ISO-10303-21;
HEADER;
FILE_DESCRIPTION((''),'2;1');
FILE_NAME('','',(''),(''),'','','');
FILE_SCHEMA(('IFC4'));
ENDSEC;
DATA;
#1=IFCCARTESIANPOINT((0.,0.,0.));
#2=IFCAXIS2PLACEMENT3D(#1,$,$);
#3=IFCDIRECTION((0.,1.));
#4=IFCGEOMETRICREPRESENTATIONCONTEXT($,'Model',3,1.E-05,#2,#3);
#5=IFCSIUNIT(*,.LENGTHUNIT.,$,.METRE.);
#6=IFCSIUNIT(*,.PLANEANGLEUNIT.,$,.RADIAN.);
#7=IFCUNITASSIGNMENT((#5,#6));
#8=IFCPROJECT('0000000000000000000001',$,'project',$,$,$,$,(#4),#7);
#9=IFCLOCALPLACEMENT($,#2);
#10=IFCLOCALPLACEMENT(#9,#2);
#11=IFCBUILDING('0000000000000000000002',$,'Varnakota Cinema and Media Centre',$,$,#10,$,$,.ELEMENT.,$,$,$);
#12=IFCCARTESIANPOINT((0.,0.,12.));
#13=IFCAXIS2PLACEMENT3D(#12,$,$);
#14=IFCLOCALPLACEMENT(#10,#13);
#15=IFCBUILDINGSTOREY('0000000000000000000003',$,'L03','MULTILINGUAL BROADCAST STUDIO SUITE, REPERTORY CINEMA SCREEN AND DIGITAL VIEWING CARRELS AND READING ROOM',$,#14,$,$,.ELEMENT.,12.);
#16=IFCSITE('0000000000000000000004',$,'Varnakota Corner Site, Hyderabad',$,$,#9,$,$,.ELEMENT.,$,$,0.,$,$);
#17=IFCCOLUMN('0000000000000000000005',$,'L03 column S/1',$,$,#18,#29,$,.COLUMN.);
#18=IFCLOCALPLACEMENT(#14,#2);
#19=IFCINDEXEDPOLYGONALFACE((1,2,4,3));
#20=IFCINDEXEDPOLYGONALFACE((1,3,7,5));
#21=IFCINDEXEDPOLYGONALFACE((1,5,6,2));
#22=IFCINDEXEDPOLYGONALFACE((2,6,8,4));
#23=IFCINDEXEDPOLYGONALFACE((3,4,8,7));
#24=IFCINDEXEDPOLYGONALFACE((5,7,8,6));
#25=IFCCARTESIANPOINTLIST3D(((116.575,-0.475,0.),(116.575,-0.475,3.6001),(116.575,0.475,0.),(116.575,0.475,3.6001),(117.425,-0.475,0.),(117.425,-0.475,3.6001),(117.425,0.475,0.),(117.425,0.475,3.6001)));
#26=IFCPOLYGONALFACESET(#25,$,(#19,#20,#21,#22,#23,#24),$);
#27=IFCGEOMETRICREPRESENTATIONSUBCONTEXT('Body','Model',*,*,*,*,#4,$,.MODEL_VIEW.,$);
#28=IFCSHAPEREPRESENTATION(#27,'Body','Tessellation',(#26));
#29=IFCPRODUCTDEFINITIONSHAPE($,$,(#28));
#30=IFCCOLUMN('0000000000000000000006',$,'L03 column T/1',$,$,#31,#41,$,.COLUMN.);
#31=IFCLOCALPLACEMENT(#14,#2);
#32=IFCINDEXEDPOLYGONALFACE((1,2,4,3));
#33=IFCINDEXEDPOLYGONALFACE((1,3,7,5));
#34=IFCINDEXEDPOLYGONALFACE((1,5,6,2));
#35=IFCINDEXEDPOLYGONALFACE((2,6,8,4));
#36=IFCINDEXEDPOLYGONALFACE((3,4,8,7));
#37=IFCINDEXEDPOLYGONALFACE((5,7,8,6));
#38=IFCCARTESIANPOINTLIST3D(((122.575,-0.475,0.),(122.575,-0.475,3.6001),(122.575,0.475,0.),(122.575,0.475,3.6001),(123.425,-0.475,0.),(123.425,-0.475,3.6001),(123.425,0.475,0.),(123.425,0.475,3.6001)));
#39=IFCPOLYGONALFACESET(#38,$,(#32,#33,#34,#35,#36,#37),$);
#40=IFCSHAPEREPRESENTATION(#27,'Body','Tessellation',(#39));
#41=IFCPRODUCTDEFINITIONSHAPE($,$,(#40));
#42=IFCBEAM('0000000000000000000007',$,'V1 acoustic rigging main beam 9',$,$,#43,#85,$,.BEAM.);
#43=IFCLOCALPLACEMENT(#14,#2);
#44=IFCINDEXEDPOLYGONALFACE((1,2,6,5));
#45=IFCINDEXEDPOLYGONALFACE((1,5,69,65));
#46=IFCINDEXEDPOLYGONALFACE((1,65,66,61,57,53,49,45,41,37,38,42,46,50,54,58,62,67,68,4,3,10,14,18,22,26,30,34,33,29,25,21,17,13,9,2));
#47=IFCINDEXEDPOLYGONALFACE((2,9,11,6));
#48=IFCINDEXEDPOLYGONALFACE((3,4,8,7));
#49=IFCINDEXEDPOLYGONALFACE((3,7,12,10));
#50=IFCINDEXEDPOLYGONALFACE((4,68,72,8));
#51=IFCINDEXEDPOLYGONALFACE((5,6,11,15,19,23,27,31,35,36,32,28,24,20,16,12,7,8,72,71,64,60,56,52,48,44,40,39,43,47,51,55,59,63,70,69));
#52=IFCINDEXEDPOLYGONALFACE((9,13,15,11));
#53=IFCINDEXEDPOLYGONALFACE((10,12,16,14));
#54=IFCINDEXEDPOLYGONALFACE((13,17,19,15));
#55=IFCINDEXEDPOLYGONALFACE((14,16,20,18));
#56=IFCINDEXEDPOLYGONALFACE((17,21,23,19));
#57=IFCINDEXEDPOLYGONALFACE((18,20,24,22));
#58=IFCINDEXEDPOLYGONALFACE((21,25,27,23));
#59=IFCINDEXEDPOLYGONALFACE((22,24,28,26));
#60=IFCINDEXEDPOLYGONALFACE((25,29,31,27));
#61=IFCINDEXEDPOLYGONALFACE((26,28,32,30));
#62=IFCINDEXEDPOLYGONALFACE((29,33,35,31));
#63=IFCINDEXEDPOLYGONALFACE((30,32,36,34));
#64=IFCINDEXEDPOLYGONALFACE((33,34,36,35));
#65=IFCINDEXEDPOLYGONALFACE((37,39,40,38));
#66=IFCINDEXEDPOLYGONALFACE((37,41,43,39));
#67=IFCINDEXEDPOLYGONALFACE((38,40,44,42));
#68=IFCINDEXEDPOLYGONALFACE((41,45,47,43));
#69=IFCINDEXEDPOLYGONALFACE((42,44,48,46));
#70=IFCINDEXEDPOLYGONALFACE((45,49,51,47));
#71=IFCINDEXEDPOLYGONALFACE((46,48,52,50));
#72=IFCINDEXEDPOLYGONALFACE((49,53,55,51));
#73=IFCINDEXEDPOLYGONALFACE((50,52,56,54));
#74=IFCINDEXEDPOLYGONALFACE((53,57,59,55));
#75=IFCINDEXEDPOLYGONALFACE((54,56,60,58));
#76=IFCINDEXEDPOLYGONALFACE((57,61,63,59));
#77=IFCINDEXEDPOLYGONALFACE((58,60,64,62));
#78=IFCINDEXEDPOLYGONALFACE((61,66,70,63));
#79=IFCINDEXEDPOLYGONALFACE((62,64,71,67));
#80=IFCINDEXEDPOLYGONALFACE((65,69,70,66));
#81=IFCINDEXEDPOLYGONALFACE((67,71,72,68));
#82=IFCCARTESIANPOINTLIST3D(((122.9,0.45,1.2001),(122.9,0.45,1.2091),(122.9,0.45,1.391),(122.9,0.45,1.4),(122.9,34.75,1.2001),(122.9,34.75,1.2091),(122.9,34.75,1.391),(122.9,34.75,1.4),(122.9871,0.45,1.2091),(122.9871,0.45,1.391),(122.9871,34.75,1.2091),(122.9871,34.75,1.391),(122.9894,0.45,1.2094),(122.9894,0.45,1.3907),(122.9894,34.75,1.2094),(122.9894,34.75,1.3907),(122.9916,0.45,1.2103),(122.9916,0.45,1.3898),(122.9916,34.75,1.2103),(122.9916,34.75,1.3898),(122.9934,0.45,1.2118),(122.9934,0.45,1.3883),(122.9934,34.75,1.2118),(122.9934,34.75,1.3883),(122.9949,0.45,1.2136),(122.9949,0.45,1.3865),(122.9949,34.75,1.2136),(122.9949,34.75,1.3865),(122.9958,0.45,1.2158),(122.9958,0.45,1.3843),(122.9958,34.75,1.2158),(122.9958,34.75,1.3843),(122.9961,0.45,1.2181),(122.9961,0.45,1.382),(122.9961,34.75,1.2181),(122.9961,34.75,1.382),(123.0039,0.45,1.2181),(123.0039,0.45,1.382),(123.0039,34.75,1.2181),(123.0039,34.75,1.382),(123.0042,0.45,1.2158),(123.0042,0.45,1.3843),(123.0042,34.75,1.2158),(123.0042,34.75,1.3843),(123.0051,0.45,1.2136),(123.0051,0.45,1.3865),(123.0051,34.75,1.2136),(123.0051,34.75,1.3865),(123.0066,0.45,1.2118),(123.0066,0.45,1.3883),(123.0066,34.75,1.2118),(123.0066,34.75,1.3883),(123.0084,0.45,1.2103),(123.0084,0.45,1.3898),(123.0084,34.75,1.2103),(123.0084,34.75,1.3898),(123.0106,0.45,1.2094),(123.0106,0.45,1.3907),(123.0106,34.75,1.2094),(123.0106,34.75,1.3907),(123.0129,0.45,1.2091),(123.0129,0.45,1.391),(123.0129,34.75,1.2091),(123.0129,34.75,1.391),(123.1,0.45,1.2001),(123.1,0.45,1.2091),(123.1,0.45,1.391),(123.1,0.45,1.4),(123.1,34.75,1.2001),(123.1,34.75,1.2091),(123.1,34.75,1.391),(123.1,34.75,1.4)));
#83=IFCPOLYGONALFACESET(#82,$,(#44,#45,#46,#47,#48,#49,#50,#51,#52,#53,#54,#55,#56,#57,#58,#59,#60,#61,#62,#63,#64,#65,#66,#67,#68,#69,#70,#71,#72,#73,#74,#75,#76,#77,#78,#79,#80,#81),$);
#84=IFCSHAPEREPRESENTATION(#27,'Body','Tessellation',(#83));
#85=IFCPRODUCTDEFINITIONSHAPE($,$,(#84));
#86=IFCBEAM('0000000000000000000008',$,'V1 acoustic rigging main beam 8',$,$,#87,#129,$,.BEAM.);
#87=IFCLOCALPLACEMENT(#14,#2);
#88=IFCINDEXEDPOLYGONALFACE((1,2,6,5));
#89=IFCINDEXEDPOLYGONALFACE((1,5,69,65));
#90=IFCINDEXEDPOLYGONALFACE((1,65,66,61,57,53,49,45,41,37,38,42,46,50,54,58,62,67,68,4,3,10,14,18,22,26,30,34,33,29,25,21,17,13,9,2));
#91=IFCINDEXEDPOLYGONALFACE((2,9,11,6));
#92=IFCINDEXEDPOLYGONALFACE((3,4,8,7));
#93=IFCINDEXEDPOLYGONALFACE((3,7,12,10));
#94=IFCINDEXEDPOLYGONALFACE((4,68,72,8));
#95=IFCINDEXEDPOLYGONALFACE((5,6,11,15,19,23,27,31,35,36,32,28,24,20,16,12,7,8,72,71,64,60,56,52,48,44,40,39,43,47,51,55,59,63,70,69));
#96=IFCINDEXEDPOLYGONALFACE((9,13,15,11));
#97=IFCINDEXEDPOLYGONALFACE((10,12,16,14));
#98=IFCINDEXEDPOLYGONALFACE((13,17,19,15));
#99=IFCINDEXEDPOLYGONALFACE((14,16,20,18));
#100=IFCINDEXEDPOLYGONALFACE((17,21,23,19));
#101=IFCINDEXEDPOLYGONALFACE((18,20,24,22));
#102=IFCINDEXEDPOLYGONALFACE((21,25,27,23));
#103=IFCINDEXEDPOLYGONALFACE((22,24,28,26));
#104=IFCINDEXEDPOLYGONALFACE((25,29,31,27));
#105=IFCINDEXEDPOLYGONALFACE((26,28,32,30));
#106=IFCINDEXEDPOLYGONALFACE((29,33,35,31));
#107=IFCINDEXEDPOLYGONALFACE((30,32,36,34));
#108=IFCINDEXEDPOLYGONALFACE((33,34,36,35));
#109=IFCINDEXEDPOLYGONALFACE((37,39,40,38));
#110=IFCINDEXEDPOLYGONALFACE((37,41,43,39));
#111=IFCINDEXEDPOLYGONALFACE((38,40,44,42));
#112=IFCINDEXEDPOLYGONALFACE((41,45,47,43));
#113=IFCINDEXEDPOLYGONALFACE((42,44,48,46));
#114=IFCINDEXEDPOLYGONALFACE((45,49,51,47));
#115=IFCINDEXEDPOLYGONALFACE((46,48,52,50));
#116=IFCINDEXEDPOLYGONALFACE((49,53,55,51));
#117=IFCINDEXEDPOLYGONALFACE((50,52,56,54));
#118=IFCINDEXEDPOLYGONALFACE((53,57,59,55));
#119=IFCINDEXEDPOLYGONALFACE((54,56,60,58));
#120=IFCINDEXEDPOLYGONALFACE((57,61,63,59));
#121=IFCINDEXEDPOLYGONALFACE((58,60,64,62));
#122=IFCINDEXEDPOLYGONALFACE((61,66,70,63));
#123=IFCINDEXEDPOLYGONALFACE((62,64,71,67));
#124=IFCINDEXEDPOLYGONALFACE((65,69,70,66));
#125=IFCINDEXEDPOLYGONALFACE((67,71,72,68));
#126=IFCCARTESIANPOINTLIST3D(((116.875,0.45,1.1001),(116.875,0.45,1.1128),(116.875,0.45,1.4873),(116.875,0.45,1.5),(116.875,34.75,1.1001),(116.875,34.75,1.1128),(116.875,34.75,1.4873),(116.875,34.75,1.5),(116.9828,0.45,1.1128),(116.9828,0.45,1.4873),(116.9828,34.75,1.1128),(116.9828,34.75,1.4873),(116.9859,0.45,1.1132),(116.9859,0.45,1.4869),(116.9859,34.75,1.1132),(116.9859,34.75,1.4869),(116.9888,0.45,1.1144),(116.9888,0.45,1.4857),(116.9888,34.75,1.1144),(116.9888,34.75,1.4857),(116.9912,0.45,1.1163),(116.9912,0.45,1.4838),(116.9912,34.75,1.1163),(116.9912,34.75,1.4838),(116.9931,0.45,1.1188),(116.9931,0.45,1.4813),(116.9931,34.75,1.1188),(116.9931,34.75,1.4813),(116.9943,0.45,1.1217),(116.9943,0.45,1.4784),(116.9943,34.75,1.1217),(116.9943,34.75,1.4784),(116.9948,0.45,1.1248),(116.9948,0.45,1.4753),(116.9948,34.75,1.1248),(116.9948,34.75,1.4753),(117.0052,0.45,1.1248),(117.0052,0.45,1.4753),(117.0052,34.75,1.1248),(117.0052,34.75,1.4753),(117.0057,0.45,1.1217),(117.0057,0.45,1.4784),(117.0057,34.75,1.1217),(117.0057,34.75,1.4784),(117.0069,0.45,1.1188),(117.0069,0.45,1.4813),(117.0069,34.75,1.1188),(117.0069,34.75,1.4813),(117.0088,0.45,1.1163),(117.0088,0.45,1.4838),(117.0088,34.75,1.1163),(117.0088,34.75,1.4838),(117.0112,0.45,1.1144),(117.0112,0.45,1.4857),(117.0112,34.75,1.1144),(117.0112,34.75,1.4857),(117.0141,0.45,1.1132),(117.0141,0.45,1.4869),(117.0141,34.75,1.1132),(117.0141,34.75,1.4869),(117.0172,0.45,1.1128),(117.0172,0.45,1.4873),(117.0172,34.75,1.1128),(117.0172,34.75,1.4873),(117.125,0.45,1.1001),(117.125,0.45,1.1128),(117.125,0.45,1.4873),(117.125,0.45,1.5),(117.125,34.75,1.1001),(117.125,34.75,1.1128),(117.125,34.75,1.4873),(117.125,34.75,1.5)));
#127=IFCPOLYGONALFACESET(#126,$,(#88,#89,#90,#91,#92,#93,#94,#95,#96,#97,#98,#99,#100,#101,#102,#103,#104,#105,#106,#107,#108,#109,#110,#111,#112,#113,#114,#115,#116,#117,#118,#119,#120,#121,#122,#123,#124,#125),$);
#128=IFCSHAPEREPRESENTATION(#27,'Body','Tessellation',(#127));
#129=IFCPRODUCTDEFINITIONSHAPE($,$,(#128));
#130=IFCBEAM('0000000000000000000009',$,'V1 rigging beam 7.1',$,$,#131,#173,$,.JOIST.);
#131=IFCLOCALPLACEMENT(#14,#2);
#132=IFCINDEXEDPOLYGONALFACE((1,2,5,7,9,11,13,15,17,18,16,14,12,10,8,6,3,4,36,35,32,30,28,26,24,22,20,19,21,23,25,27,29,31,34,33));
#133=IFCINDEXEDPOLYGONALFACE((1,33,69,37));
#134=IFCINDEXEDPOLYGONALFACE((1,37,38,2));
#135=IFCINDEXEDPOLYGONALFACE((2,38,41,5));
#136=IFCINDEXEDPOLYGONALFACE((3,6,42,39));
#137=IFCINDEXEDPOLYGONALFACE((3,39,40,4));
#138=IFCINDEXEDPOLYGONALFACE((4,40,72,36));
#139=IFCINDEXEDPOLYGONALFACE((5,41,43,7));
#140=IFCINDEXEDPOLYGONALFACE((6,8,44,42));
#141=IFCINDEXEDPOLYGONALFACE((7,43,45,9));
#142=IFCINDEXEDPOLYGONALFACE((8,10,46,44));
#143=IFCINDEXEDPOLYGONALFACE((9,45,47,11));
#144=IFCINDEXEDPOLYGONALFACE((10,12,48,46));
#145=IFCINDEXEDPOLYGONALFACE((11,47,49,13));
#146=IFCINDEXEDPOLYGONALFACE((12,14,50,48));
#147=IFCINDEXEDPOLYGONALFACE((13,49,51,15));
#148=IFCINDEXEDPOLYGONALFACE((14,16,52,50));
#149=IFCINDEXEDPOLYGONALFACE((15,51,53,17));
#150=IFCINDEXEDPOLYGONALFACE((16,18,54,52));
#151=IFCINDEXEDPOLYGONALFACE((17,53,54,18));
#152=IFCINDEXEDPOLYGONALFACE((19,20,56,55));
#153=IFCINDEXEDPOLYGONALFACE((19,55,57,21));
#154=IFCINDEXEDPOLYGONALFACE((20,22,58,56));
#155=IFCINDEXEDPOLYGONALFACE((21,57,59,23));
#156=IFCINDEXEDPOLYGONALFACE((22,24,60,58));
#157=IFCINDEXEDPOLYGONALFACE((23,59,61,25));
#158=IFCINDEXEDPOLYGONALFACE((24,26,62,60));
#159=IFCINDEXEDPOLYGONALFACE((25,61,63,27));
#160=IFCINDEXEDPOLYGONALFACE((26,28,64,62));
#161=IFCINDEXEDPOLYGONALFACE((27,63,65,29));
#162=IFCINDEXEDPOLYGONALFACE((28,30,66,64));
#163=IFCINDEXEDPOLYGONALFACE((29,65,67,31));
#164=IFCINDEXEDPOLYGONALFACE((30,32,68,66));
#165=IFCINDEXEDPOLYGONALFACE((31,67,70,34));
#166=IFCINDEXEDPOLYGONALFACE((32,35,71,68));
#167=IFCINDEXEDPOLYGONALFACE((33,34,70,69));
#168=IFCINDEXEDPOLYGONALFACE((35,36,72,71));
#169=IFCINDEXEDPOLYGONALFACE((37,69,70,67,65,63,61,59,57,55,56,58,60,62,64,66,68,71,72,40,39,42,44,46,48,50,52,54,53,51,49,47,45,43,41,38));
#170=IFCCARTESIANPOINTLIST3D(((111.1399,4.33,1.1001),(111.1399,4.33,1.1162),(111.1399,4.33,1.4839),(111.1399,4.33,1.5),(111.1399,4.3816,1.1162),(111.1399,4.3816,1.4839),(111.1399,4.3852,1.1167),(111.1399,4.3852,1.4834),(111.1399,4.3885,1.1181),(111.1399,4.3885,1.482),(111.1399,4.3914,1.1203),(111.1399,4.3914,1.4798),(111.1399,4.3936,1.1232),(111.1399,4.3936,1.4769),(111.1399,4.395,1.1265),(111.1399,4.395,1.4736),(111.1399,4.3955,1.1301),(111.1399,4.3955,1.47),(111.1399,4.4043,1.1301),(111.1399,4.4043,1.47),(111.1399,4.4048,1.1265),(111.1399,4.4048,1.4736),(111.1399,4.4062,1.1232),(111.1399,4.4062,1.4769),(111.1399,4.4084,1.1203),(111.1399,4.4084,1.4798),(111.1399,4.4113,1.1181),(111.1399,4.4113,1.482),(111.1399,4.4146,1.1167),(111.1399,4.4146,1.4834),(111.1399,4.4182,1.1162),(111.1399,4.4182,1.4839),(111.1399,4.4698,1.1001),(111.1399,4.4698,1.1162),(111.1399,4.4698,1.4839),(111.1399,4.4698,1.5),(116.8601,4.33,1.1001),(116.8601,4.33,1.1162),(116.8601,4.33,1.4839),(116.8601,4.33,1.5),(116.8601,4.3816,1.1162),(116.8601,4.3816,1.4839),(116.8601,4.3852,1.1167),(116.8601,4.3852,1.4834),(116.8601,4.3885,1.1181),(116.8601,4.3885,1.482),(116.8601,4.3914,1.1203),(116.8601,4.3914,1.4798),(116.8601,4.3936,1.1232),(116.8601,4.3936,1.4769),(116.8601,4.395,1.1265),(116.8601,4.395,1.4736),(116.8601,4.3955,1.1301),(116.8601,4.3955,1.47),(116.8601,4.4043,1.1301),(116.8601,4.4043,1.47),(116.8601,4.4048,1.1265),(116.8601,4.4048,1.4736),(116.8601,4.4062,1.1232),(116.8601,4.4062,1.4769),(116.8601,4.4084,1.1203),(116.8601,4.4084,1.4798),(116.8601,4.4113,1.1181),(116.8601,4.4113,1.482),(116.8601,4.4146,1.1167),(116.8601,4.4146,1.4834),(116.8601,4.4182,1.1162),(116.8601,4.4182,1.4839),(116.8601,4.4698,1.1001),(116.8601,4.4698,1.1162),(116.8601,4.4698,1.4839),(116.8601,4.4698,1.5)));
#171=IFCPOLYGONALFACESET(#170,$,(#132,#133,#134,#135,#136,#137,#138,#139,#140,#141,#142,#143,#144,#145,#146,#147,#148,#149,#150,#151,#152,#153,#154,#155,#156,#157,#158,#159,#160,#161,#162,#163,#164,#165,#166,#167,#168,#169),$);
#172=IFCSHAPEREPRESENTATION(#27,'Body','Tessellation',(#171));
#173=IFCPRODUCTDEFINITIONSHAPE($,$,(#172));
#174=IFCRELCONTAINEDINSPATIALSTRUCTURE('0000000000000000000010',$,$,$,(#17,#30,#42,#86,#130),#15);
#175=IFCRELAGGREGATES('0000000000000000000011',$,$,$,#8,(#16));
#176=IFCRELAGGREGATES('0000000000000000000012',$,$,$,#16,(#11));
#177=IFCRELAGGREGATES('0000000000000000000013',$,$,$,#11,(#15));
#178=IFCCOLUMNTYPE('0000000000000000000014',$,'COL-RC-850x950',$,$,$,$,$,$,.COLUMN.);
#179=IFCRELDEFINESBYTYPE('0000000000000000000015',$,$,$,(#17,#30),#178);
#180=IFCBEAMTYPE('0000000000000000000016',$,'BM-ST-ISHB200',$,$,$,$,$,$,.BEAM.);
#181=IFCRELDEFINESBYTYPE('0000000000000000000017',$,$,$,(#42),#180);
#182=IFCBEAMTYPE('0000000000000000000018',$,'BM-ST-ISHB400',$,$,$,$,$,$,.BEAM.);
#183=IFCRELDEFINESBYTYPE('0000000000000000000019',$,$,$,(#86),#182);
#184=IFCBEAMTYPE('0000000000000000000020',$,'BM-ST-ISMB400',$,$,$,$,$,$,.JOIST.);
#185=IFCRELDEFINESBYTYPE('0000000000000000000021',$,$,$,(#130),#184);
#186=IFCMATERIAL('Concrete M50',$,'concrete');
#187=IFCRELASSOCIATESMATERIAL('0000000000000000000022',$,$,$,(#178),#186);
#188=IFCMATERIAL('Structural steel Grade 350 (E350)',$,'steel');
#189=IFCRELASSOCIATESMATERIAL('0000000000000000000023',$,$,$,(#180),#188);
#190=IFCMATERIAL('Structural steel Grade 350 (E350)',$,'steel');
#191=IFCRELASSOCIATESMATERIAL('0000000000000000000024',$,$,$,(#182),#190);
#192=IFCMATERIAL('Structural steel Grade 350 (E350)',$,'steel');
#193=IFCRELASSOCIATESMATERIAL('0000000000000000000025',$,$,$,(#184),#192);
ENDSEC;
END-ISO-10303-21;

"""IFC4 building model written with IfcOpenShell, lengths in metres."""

from ifc_helpers import new_model, si_unit, direction, frame, origin, origin_2d, place, context, subcontext, project, spatial, rectangle, i_section, extrude, material, material_profile, profile_set, type_object, element, save


model = new_model("IFC4")

# Units and contexts
model_context = context("Model", 3, precision=1e-05, world=origin(), true_north=direction((0.0, 1.0)))
body_context = subcontext(model_context, "Body", "Model", "MODEL_VIEW")
ifc_project = project(units=[si_unit("LENGTHUNIT", "METRE"), si_unit("PLANEANGLEUNIT", "RADIAN")], contexts=[model_context])

# Site, building, storey
site_placement = place(None, origin())
site = spatial("IfcSite", under=ifc_project, at=site_placement, Name="Varnakota Corner Site, Hyderabad", CompositionType="ELEMENT", RefElevation=0.0)
building_placement = place(site_placement, origin())
building = spatial("IfcBuilding", under=site, at=building_placement, Name="Varnakota Cinema and Media Centre", CompositionType="ELEMENT")
storey_placement = place(building_placement, frame((0.0, 0.0, 12.0)))
storey = spatial("IfcBuildingStorey", under=building, at=storey_placement, Name="L03", Description="MULTILINGUAL BROADCAST STUDIO SUITE, REPERTORY CINEMA SCREEN AND DIGITAL VIEWING CARRELS AND READING ROOM", CompositionType="ELEMENT", Elevation=12.0)

# Columns
ifc_material_1 = material(Name="Concrete M50", Category="concrete")
ifc_material_profile_1 = material_profile(ifc_material_1, rectangle(XDim=0.8501, YDim=0.95, at=origin_2d()), Name="RC 850x950")
ifc_profile_set_1 = profile_set([ifc_material_profile_1], Name="Concrete M50")
column_type = type_object("IfcColumnType", Name="COL-RC-850x950", PredefinedType="COLUMN", material=ifc_profile_set_1)
for number, where, z_axis, x_axis, name in (
    (1, (117.0, 0.0, 0.0), (0.0, 0.0, 1.0), (1.0, 0.0, 0.0), "L03 column S/1"),
    (2, (123.0, 0.0, 0.0), (0.0, 0.0, 1.0), (1.0, 0.0, 0.0), "L03 column T/1"),
):
    element("IfcColumn", number, at=place(storey_placement, frame(where, z_axis=z_axis, x_axis=x_axis)), inside=storey, type_object=column_type, Name=name, PredefinedType="COLUMN", context=body_context, shape_type="SweptSolid", body=[
        extrude(rectangle(XDim=0.8501, YDim=0.95, at=origin_2d()), origin(), (0.0, 0.0, 1.0), 3.6001),
    ])

# Beams
ifc_material_2 = material(Name="Structural steel Grade 350 (E350)", Category="steel")
ifc_material_profile_2 = material_profile(ifc_material_2, i_section(OverallWidth=0.2, OverallDepth=0.2, WebThickness=0.0078, FlangeThickness=0.009, FilletRadius=0.009, at=origin_2d()), Name="ISHB 200")
ifc_profile_set_2 = profile_set([ifc_material_profile_2], Name="Structural steel Grade 350 (E350)")
beam_type_1 = type_object("IfcBeamType", Name="BM-ST-ISHB200", PredefinedType="BEAM", material=ifc_profile_set_2)
beam_1_placement = place(storey_placement, frame((123.0, 0.45, 1.3), z_axis=(0.0, 1.0, 0.0), x_axis=(-1.0, 0.0, 0.0)))
element("IfcBeam", 3, at=beam_1_placement, inside=storey, type_object=beam_type_1, Name="V1 acoustic rigging main beam 9", PredefinedType="BEAM", context=body_context, shape_type="SweptSolid", body=[
    extrude(i_section(OverallWidth=0.2, OverallDepth=0.2, WebThickness=0.0078, FlangeThickness=0.009, FilletRadius=0.009, at=origin_2d()), origin(), (0.0, 0.0, 1.0), 34.3),
])
ifc_material_3 = material(Name="Structural steel Grade 350 (E350)", Category="steel")
ifc_material_profile_3 = material_profile(ifc_material_3, i_section(OverallWidth=0.25, OverallDepth=0.3999, WebThickness=0.0105, FlangeThickness=0.0127, FilletRadius=0.012, at=origin_2d()), Name="ISHB 400")
ifc_profile_set_3 = profile_set([ifc_material_profile_3], Name="Structural steel Grade 350 (E350)")
beam_type_2 = type_object("IfcBeamType", Name="BM-ST-ISHB400", PredefinedType="BEAM", material=ifc_profile_set_3)
beam_2_placement = place(storey_placement, frame((117.0, 0.45, 1.3), z_axis=(0.0, 1.0, 0.0), x_axis=(-1.0, 0.0, 0.0)))
element("IfcBeam", 4, at=beam_2_placement, inside=storey, type_object=beam_type_2, Name="V1 acoustic rigging main beam 8", PredefinedType="BEAM", context=body_context, shape_type="SweptSolid", body=[
    extrude(i_section(OverallWidth=0.25, OverallDepth=0.3999, WebThickness=0.0105, FlangeThickness=0.0127, FilletRadius=0.012, at=origin_2d()), origin(), (0.0, 0.0, 1.0), 34.3),
])
ifc_material_4 = material(Name="Structural steel Grade 350 (E350)", Category="steel")
ifc_material_profile_4 = material_profile(ifc_material_4, i_section(OverallWidth=0.1399, OverallDepth=0.3999, WebThickness=0.0088, FlangeThickness=0.0161, FilletRadius=0.0139, at=origin_2d()), Name="ISMB 400")
ifc_profile_set_4 = profile_set([ifc_material_profile_4], Name="Structural steel Grade 350 (E350)")
beam_type_3 = type_object("IfcBeamType", Name="BM-ST-ISMB400", PredefinedType="JOIST", material=ifc_profile_set_4)
beam_3_placement = place(storey_placement, frame((111.1399, 4.3999, 1.3), z_axis=(1.0, 0.0, 0.0), x_axis=(0.0, 1.0, 0.0)))
element("IfcBeam", 5, at=beam_3_placement, inside=storey, type_object=beam_type_3, Name="V1 rigging beam 7.1", PredefinedType="JOIST", context=body_context, shape_type="SweptSolid", body=[
    extrude(i_section(OverallWidth=0.1399, OverallDepth=0.3999, WebThickness=0.0088, FlangeThickness=0.0161, FilletRadius=0.0139, at=origin_2d()), origin(), (0.0, 0.0, 1.0), 5.7202),
])

save(model, "model.ifc")
